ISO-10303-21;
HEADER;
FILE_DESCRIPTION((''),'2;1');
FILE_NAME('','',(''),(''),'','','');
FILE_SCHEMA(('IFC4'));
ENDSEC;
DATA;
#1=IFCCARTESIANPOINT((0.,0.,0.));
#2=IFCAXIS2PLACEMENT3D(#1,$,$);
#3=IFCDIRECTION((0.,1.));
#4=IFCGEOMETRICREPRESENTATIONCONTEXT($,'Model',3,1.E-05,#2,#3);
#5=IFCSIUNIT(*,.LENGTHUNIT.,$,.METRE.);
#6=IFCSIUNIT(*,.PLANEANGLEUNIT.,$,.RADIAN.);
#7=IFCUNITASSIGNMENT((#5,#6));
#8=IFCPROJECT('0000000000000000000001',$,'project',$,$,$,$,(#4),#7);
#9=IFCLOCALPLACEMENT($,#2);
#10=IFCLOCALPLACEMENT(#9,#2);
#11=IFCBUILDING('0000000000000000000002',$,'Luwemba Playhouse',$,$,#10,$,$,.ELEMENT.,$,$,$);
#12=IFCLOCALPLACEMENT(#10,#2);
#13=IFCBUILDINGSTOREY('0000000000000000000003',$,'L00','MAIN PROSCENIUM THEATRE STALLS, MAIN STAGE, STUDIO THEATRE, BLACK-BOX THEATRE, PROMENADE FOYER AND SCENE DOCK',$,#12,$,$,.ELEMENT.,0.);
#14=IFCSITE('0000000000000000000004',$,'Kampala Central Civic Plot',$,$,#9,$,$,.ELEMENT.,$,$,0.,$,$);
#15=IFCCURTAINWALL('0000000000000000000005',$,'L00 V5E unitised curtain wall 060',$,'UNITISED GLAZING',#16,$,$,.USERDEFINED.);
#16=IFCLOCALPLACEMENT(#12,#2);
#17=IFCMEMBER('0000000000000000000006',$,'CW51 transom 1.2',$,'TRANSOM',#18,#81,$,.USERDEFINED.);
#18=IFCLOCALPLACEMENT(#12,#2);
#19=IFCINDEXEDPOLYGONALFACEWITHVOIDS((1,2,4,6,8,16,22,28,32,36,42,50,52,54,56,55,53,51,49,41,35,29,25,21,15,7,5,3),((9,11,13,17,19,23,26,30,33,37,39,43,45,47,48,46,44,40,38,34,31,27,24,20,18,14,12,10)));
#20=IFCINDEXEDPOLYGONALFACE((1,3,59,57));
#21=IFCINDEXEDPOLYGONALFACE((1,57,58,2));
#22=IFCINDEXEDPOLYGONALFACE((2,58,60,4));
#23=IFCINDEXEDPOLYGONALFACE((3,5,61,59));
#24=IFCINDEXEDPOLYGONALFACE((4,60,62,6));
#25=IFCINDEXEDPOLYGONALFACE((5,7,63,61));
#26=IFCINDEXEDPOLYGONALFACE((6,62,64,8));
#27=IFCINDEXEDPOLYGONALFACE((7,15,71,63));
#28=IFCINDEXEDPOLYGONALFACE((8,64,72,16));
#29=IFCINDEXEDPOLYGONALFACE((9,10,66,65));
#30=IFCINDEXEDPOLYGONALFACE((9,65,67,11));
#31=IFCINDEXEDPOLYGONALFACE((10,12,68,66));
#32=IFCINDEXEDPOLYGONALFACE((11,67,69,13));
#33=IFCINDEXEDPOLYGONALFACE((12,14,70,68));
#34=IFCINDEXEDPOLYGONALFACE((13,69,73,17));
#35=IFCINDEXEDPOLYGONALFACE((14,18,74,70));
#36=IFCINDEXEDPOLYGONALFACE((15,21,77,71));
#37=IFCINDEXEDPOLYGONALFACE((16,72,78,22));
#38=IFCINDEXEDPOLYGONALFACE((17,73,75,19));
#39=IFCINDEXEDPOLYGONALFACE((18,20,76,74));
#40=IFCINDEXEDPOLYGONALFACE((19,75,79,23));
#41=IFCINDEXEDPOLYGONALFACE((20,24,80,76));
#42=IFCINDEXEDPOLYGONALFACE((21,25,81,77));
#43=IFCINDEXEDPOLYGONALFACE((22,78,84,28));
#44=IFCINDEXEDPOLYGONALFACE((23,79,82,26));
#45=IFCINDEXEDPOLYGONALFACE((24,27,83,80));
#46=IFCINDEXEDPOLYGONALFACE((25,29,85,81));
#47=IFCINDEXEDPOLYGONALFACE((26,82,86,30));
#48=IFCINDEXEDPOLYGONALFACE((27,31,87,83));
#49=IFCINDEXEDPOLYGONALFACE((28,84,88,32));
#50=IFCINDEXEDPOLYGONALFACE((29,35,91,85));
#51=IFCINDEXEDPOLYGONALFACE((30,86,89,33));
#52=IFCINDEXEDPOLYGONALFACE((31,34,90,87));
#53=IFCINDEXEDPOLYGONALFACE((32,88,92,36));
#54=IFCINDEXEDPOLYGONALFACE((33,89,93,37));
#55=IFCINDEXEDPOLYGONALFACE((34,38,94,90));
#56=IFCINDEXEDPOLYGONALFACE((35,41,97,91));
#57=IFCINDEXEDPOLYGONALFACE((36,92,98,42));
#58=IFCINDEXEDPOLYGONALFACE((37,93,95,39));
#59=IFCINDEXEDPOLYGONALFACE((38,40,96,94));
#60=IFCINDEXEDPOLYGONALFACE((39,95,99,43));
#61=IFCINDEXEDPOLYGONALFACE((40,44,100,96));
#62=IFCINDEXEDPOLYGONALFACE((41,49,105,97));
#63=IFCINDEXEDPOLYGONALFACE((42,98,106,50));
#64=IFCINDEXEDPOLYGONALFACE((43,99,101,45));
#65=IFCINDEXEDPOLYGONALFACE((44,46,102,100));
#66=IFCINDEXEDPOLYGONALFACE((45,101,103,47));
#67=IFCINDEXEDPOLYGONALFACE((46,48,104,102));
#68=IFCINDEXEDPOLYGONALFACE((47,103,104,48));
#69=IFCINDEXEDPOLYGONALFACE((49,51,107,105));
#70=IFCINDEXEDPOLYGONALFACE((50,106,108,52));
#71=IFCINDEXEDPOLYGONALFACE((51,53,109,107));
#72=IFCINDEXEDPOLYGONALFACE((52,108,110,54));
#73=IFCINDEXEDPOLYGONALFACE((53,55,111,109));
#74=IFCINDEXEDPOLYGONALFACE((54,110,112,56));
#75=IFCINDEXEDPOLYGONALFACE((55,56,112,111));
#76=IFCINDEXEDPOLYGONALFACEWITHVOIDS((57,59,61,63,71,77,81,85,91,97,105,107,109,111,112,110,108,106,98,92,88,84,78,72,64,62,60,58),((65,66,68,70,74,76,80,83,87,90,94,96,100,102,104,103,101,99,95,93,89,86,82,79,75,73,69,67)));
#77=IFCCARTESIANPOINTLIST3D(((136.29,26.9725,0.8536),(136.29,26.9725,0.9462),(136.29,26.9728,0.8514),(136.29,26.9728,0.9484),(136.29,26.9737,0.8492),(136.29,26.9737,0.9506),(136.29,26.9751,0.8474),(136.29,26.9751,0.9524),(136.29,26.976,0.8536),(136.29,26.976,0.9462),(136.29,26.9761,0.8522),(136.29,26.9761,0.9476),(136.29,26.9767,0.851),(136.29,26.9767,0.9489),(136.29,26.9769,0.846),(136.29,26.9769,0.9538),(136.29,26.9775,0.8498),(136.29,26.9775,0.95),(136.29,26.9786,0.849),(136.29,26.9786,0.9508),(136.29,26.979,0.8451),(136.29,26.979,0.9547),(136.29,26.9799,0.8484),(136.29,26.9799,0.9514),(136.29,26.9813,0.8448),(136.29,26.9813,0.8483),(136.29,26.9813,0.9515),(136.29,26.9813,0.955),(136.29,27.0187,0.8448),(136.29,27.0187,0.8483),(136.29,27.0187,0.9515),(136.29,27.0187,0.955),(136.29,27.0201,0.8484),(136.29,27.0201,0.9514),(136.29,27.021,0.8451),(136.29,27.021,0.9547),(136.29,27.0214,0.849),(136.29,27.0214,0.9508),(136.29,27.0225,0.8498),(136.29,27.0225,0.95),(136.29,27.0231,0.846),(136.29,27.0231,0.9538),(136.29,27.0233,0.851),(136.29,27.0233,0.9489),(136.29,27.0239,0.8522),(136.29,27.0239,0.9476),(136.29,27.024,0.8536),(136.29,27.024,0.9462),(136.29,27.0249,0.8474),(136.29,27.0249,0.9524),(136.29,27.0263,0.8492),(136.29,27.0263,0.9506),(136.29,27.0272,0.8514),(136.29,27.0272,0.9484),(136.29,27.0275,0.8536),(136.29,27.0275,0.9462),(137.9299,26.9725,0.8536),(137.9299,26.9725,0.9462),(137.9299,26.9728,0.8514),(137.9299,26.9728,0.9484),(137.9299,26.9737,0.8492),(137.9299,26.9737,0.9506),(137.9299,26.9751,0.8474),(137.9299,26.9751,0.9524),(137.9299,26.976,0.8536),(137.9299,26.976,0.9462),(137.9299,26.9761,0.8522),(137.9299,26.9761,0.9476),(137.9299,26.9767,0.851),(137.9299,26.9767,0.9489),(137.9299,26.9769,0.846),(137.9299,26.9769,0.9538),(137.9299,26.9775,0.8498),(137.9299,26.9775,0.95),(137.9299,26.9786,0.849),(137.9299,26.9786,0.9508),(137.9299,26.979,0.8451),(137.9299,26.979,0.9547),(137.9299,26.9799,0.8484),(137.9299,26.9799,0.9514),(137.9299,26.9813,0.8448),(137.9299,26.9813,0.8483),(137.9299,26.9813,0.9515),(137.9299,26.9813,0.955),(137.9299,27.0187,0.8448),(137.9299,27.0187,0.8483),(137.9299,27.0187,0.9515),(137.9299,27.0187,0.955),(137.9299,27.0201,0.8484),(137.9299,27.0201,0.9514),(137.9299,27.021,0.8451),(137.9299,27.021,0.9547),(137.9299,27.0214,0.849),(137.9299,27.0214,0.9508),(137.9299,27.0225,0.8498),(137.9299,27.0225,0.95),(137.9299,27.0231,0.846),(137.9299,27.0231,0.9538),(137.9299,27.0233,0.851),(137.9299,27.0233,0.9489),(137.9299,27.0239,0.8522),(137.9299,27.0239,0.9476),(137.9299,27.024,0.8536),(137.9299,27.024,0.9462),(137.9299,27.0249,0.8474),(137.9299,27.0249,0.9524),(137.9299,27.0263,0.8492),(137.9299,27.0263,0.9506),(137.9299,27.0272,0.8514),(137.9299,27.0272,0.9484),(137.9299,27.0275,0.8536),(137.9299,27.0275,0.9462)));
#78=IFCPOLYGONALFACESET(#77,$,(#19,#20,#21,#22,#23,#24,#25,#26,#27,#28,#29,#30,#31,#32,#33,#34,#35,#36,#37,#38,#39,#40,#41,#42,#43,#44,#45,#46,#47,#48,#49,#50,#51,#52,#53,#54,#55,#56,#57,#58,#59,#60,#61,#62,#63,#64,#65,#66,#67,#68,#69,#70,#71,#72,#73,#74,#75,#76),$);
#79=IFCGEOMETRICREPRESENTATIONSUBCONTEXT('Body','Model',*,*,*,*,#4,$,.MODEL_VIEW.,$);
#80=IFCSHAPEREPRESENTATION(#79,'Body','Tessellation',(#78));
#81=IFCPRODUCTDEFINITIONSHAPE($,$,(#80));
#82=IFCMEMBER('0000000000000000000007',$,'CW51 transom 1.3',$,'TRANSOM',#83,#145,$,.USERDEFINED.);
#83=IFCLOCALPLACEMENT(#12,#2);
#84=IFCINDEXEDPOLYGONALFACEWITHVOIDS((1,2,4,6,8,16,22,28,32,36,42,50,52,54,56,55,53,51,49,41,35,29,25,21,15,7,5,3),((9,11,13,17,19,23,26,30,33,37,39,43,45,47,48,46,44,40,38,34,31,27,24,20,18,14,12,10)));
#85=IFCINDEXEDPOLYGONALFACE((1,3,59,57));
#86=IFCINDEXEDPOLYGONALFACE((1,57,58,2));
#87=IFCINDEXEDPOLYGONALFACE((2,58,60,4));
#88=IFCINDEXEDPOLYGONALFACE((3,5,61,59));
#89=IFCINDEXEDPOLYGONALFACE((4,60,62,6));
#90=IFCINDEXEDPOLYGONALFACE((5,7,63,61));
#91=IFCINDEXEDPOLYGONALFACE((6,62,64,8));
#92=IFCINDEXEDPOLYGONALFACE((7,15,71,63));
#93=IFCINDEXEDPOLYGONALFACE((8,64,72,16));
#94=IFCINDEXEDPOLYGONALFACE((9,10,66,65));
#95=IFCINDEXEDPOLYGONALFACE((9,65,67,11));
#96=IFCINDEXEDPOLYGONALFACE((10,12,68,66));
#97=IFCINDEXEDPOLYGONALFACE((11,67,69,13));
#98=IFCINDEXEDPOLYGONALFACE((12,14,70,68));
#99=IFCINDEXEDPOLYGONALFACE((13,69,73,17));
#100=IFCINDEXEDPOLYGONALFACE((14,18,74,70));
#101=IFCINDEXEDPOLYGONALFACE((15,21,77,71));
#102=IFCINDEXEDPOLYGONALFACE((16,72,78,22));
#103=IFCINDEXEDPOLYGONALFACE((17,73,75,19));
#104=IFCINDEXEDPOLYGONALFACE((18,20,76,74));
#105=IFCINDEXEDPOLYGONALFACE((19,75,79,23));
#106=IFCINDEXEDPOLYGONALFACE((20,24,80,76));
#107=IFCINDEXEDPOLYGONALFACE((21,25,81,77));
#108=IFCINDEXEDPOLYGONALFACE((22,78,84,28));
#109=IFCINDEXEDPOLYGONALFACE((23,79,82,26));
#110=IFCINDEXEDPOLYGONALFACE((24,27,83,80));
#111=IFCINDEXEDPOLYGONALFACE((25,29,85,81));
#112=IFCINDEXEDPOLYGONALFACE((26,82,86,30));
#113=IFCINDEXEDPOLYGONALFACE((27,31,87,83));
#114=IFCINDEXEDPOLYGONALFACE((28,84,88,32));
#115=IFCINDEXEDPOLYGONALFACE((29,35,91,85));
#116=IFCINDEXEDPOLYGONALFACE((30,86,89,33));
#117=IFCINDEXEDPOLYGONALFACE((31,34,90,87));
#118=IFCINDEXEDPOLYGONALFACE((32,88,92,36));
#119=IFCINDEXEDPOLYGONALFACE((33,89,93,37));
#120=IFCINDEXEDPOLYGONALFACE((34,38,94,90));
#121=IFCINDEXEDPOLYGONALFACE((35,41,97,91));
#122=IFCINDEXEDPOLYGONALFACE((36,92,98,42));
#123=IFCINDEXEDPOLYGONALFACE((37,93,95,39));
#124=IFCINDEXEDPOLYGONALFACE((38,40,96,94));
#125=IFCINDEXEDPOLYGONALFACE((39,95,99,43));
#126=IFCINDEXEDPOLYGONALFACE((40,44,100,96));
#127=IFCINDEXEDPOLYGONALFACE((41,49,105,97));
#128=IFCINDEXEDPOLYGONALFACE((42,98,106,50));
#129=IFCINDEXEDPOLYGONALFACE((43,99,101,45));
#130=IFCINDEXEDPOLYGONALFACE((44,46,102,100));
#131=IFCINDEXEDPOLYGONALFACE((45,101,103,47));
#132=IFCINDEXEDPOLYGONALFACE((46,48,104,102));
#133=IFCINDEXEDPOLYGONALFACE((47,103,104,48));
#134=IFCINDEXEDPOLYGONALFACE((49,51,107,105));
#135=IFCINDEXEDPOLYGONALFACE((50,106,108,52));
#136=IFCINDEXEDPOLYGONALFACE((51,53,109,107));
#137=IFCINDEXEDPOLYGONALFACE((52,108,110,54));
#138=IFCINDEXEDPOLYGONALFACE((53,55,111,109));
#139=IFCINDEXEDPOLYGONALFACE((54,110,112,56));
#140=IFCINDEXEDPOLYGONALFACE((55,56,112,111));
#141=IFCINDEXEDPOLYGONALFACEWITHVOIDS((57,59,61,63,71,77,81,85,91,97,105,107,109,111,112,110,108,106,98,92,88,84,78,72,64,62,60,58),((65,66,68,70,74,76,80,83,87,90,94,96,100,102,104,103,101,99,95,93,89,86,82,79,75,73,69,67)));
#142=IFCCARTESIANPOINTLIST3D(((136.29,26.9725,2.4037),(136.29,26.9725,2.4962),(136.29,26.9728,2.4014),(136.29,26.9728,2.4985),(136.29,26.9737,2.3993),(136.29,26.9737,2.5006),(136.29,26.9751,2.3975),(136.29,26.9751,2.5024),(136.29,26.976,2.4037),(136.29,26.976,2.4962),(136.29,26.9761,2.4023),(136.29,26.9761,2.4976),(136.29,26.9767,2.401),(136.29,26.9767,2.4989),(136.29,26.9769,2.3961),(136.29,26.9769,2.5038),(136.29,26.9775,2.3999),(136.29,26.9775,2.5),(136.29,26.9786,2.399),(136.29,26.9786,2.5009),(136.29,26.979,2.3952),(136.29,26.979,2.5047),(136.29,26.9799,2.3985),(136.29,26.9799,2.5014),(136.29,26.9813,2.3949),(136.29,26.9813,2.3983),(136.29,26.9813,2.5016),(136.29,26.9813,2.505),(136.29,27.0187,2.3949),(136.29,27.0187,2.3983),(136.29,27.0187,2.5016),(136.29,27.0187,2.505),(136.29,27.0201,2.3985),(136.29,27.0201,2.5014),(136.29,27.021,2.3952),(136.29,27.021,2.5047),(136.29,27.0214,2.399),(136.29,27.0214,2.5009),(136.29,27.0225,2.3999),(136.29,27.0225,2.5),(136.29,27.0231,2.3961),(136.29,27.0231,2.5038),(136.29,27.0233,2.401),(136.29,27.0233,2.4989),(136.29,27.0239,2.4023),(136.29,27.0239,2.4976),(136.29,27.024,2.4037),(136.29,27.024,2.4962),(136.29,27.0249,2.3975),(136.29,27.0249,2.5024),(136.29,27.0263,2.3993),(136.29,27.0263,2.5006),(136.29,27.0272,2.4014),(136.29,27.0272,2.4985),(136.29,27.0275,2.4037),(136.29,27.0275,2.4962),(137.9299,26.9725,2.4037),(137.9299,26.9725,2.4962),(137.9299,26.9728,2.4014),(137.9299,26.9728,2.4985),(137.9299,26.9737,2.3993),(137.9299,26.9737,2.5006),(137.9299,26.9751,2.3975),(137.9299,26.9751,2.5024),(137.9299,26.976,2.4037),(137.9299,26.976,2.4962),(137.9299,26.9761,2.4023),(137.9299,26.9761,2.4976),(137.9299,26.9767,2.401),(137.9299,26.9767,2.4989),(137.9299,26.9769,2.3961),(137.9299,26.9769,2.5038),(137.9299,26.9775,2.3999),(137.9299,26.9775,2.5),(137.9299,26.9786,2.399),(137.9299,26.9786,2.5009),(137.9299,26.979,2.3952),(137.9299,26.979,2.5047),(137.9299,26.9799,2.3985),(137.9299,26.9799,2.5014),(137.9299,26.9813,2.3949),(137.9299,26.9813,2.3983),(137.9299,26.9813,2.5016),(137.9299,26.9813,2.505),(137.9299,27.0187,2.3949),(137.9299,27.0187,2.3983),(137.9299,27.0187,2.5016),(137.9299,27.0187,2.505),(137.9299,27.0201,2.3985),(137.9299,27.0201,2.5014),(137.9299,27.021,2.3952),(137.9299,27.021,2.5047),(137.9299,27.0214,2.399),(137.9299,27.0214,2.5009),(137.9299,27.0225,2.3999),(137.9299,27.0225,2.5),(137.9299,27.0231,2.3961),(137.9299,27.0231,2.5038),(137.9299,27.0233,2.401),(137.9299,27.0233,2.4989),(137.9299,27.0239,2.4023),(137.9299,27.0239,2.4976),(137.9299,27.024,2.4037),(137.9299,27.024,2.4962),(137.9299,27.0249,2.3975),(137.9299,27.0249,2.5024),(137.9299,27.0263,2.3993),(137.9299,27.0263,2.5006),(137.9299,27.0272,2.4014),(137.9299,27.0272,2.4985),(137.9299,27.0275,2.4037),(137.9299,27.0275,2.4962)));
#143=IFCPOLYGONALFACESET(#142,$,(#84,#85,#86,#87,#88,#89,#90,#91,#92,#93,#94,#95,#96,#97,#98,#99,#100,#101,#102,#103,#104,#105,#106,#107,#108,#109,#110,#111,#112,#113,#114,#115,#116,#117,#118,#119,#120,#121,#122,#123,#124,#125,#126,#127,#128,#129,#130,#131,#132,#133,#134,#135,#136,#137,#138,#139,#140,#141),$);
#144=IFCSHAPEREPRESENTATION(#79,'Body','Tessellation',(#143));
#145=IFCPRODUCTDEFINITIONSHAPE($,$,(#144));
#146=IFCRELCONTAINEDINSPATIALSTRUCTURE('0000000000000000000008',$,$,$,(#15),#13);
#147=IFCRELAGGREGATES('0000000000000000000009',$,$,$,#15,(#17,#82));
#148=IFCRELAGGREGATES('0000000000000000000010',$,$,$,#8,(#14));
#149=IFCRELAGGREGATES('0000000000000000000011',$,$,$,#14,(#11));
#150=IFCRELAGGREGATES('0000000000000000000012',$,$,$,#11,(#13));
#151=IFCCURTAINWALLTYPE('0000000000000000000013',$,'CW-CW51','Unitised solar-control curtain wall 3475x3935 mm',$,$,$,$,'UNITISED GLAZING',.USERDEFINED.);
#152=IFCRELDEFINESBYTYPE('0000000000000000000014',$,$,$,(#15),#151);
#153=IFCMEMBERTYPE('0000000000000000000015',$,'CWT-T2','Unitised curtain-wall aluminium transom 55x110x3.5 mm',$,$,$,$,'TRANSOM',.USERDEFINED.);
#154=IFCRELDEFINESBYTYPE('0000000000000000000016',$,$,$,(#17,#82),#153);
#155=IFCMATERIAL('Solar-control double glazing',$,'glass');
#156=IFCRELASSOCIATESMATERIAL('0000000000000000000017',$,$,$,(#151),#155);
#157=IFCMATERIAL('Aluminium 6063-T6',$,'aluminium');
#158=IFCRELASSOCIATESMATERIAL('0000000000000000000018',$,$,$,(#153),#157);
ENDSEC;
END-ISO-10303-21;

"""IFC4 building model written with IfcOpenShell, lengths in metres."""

from ifc_helpers import new_model, si_unit, direction, frame, origin, origin_2d, place, context, subcontext, project, spatial, hollow_rectangle, extrude, material, material_profile, profile_set, type_object, element, aggregate, save


model = new_model("IFC4")

# Units and contexts
model_context = context("Model", 3, precision=1e-05, world=origin(), true_north=direction((0.0, 1.0)))
body_context = subcontext(model_context, "Body", "Model", "MODEL_VIEW")
ifc_project = project(units=[si_unit("LENGTHUNIT", "METRE"), si_unit("PLANEANGLEUNIT", "RADIAN")], contexts=[model_context])

# Site, building, storey
site_placement = place(None, origin())
site = spatial("IfcSite", under=ifc_project, at=site_placement, Name="Kampala Central Civic Plot", CompositionType="ELEMENT", RefElevation=0.0)
building_placement = place(site_placement, origin())
building = spatial("IfcBuilding", under=site, at=building_placement, Name="Luwemba Playhouse", CompositionType="ELEMENT")
storey_placement = place(building_placement, origin())
storey = spatial("IfcBuildingStorey", under=building, at=storey_placement, Name="L00", Description="MAIN PROSCENIUM THEATRE STALLS, MAIN STAGE, STUDIO THEATRE, BLACK-BOX THEATRE, PROMENADE FOYER AND SCENE DOCK", CompositionType="ELEMENT", Elevation=0.0)

# Curtain wall
ifc_material_1 = material(Name="Solar-control double glazing", Category="glass")
curtain_wall_type_1 = type_object("IfcCurtainWallType", Name="CW-CW51", Description="Unitised solar-control curtain wall 3475x3935 mm", ElementType="UNITISED GLAZING", PredefinedType="USERDEFINED", material=ifc_material_1)
curtain_wall_1_placement = place(storey_placement, origin())
curtain_wall_1 = element("IfcCurtainWall", 1, at=curtain_wall_1_placement, inside=storey, type_object=curtain_wall_type_1, Name="L00 V5E unitised curtain wall 060", ObjectType="UNITISED GLAZING", PredefinedType="USERDEFINED")
ifc_material_2 = material(Name="Aluminium 6063-T6", Category="aluminium")

# Members
ifc_material_profile_1 = material_profile(ifc_material_2, hollow_rectangle(XDim=0.0549, YDim=0.1101, WallThickness=0.0034, InnerFilletRadius=0.0054, OuterFilletRadius=0.0088, at=origin_2d()))
ifc_profile_set_1 = profile_set([ifc_material_profile_1], Name="Aluminium 6063-T6")
member_type_1 = type_object("IfcMemberType", Name="CWT-T2", Description="Unitised curtain-wall aluminium transom 55x110x3.5 mm", ElementType="TRANSOM", PredefinedType="USERDEFINED", material=ifc_profile_set_1)
member_1_placement = place(storey_placement, frame((136.29, 27.0, 0.8999), z_axis=(1.0, 0.0, 0.0), x_axis=(0.0, 1.0, 0.0)))
member_1 = element("IfcMember", 2, at=member_1_placement, type_object=member_type_1, Name="CW51 transom 1.2", ObjectType="TRANSOM", PredefinedType="USERDEFINED", context=body_context, shape_type="SweptSolid", body=[
    extrude(hollow_rectangle(XDim=0.0549, YDim=0.1101, WallThickness=0.0034, InnerFilletRadius=0.0054, OuterFilletRadius=0.0088, at=origin_2d()), origin(), (0.0, 0.0, 1.0), 1.6399),
])
member_2_placement = place(storey_placement, frame((136.29, 27.0, 2.45), z_axis=(1.0, 0.0, 0.0), x_axis=(0.0, 1.0, 0.0)))
member_2 = element("IfcMember", 3, at=member_2_placement, type_object=member_type_1, Name="CW51 transom 1.3", ObjectType="TRANSOM", PredefinedType="USERDEFINED", context=body_context, shape_type="SweptSolid", body=[
    extrude(hollow_rectangle(XDim=0.0549, YDim=0.1101, WallThickness=0.0034, InnerFilletRadius=0.0054, OuterFilletRadius=0.0088, at=origin_2d()), origin(), (0.0, 0.0, 1.0), 1.6399),
])

aggregate(curtain_wall_1, [member_1, member_2])

save(model, "model.ifc")
